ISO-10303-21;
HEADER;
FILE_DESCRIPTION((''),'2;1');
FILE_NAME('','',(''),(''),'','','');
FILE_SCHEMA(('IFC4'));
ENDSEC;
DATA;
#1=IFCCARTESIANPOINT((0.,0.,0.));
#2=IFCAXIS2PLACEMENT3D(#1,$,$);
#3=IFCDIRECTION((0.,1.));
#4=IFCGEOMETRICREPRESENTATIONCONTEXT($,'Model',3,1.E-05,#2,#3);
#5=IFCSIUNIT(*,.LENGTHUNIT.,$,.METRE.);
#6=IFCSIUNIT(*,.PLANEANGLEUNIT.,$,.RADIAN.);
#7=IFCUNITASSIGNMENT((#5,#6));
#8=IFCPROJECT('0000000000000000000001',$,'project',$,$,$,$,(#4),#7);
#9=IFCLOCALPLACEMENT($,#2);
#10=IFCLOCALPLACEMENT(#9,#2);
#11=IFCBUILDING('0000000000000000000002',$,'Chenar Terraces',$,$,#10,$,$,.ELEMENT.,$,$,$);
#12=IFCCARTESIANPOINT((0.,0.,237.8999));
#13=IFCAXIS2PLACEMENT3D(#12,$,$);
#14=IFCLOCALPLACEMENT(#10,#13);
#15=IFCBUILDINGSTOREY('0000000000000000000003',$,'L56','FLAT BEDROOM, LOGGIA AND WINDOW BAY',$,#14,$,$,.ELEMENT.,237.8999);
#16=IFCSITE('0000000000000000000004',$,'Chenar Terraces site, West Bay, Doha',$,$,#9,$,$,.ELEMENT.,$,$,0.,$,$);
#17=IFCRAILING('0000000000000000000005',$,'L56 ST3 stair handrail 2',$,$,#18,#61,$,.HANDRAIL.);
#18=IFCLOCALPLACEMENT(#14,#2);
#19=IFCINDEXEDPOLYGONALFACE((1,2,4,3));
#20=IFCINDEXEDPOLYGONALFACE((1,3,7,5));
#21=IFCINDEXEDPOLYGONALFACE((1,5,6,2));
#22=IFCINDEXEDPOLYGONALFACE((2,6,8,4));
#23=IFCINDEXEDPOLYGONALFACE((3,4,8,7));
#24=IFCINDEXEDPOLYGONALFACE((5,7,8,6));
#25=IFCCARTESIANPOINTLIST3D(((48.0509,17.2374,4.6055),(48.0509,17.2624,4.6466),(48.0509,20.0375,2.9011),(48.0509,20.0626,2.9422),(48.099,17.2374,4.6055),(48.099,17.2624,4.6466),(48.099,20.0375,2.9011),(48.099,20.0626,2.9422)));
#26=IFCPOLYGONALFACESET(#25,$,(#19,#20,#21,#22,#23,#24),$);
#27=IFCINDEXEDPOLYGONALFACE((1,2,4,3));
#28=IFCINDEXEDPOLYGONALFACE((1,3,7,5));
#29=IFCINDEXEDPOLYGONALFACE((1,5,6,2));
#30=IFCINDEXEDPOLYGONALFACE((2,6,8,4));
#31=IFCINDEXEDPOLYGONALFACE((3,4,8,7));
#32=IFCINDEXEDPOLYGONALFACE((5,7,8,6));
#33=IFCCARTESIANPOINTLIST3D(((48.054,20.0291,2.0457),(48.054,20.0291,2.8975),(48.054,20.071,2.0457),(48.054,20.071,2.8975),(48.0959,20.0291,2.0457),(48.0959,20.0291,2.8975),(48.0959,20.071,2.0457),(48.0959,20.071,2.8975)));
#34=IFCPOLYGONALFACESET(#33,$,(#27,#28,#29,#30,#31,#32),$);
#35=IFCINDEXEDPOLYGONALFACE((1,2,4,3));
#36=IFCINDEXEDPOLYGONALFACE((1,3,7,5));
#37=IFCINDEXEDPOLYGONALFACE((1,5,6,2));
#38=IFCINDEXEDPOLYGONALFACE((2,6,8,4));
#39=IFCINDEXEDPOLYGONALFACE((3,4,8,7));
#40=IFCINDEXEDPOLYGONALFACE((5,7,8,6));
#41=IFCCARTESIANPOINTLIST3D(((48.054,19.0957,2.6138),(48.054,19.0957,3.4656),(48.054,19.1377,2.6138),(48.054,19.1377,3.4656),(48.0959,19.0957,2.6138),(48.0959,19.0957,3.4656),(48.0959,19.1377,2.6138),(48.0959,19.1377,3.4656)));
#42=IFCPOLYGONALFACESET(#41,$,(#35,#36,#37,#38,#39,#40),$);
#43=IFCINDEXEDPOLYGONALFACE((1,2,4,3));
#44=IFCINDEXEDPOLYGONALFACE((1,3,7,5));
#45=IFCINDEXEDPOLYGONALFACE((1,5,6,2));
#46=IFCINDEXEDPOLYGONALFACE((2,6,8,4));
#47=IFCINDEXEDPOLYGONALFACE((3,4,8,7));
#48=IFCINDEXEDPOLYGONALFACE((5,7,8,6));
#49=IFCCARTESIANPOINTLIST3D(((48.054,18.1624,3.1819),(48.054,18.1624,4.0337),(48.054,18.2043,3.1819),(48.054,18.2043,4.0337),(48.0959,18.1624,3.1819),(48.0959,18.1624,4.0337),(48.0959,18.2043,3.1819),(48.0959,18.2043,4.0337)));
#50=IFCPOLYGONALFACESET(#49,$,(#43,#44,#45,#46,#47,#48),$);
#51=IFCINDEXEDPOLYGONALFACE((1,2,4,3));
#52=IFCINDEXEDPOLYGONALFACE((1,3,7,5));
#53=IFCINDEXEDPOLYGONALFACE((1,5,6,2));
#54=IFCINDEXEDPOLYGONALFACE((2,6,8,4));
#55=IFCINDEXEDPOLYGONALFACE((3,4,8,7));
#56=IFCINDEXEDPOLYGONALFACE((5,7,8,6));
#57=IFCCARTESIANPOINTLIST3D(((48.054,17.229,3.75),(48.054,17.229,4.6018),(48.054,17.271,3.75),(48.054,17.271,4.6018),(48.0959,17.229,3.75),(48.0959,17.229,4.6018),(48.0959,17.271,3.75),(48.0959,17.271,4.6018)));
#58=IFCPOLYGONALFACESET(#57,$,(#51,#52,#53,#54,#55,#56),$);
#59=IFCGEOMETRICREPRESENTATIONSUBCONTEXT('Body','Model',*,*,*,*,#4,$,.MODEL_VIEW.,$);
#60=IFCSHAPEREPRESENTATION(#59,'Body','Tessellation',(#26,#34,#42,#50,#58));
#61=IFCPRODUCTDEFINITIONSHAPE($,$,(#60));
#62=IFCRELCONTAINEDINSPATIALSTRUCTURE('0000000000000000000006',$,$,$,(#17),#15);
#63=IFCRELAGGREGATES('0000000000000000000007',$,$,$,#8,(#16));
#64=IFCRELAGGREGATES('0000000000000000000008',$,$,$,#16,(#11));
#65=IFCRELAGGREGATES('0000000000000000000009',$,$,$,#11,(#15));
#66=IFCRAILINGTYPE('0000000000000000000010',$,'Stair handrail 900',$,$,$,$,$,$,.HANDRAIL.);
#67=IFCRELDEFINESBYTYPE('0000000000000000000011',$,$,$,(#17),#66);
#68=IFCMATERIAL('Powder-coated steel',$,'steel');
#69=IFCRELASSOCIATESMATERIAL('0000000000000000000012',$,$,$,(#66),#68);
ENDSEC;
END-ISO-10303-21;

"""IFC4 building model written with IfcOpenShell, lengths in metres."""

from ifc_helpers import new_model, si_unit, direction, frame, origin, origin_2d, place, context, subcontext, project, spatial, rectangle, extrude, material, type_object, element, save


model = new_model("IFC4")

# Units and contexts
model_context = context("Model", 3, precision=1e-05, world=origin(), true_north=direction((0.0, 1.0)))
body_context = subcontext(model_context, "Body", "Model", "MODEL_VIEW")
ifc_project = project(units=[si_unit("LENGTHUNIT", "METRE"), si_unit("PLANEANGLEUNIT", "RADIAN")], contexts=[model_context])

# Site, building, storey
site_placement = place(None, origin())
site = spatial("IfcSite", under=ifc_project, at=site_placement, Name="Chenar Terraces site, West Bay, Doha", CompositionType="ELEMENT", RefElevation=0.0)
building_placement = place(site_placement, origin())
building = spatial("IfcBuilding", under=site, at=building_placement, Name="Chenar Terraces", CompositionType="ELEMENT")
storey_placement = place(building_placement, frame((0.0, 0.0, 237.8999)))
storey = spatial("IfcBuildingStorey", under=building, at=storey_placement, Name="L56", Description="FLAT BEDROOM, LOGGIA AND WINDOW BAY", CompositionType="ELEMENT", Elevation=237.8999)

# Railing
ifc_material_1 = material(Name="Powder-coated steel", Category="steel")
railing_type_1 = type_object("IfcRailingType", Name="Stair handrail 900", PredefinedType="HANDRAIL", material=ifc_material_1)
railing_1_placement = place(storey_placement, frame((48.075, 20.05, 2.0457)))
element("IfcRailing", 1, at=railing_1_placement, inside=storey, type_object=railing_type_1, Name="L56 ST3 stair handrail 2", PredefinedType="HANDRAIL", context=body_context, shape_type="SweptSolid", body=[
    extrude(rectangle(XDim=0.0481, YDim=0.0481, at=origin_2d()), frame((0.0, 0.0, 0.876), z_axis=(0.0, -0.854203, 0.51994), x_axis=(1.0, 0.0, 0.0)), (0.0, 0.0, 1.0), 3.2781),
    extrude(rectangle(XDim=0.042, YDim=0.042, at=origin_2d()), origin(), (0.0, 0.0, 1.0), 0.8518),
    extrude(rectangle(XDim=0.042, YDim=0.042, at=origin_2d()), frame((0.0, -0.9333, 0.5681)), (0.0, 0.0, 1.0), 0.8518),
    extrude(rectangle(XDim=0.042, YDim=0.042, at=origin_2d()), frame((0.0, -1.8667, 1.1362)), (0.0, 0.0, 1.0), 0.8518),
    extrude(rectangle(XDim=0.042, YDim=0.042, at=origin_2d()), frame((0.0, -2.8, 1.7043)), (0.0, 0.0, 1.0), 0.8518),
])

save(model, "model.ifc")
